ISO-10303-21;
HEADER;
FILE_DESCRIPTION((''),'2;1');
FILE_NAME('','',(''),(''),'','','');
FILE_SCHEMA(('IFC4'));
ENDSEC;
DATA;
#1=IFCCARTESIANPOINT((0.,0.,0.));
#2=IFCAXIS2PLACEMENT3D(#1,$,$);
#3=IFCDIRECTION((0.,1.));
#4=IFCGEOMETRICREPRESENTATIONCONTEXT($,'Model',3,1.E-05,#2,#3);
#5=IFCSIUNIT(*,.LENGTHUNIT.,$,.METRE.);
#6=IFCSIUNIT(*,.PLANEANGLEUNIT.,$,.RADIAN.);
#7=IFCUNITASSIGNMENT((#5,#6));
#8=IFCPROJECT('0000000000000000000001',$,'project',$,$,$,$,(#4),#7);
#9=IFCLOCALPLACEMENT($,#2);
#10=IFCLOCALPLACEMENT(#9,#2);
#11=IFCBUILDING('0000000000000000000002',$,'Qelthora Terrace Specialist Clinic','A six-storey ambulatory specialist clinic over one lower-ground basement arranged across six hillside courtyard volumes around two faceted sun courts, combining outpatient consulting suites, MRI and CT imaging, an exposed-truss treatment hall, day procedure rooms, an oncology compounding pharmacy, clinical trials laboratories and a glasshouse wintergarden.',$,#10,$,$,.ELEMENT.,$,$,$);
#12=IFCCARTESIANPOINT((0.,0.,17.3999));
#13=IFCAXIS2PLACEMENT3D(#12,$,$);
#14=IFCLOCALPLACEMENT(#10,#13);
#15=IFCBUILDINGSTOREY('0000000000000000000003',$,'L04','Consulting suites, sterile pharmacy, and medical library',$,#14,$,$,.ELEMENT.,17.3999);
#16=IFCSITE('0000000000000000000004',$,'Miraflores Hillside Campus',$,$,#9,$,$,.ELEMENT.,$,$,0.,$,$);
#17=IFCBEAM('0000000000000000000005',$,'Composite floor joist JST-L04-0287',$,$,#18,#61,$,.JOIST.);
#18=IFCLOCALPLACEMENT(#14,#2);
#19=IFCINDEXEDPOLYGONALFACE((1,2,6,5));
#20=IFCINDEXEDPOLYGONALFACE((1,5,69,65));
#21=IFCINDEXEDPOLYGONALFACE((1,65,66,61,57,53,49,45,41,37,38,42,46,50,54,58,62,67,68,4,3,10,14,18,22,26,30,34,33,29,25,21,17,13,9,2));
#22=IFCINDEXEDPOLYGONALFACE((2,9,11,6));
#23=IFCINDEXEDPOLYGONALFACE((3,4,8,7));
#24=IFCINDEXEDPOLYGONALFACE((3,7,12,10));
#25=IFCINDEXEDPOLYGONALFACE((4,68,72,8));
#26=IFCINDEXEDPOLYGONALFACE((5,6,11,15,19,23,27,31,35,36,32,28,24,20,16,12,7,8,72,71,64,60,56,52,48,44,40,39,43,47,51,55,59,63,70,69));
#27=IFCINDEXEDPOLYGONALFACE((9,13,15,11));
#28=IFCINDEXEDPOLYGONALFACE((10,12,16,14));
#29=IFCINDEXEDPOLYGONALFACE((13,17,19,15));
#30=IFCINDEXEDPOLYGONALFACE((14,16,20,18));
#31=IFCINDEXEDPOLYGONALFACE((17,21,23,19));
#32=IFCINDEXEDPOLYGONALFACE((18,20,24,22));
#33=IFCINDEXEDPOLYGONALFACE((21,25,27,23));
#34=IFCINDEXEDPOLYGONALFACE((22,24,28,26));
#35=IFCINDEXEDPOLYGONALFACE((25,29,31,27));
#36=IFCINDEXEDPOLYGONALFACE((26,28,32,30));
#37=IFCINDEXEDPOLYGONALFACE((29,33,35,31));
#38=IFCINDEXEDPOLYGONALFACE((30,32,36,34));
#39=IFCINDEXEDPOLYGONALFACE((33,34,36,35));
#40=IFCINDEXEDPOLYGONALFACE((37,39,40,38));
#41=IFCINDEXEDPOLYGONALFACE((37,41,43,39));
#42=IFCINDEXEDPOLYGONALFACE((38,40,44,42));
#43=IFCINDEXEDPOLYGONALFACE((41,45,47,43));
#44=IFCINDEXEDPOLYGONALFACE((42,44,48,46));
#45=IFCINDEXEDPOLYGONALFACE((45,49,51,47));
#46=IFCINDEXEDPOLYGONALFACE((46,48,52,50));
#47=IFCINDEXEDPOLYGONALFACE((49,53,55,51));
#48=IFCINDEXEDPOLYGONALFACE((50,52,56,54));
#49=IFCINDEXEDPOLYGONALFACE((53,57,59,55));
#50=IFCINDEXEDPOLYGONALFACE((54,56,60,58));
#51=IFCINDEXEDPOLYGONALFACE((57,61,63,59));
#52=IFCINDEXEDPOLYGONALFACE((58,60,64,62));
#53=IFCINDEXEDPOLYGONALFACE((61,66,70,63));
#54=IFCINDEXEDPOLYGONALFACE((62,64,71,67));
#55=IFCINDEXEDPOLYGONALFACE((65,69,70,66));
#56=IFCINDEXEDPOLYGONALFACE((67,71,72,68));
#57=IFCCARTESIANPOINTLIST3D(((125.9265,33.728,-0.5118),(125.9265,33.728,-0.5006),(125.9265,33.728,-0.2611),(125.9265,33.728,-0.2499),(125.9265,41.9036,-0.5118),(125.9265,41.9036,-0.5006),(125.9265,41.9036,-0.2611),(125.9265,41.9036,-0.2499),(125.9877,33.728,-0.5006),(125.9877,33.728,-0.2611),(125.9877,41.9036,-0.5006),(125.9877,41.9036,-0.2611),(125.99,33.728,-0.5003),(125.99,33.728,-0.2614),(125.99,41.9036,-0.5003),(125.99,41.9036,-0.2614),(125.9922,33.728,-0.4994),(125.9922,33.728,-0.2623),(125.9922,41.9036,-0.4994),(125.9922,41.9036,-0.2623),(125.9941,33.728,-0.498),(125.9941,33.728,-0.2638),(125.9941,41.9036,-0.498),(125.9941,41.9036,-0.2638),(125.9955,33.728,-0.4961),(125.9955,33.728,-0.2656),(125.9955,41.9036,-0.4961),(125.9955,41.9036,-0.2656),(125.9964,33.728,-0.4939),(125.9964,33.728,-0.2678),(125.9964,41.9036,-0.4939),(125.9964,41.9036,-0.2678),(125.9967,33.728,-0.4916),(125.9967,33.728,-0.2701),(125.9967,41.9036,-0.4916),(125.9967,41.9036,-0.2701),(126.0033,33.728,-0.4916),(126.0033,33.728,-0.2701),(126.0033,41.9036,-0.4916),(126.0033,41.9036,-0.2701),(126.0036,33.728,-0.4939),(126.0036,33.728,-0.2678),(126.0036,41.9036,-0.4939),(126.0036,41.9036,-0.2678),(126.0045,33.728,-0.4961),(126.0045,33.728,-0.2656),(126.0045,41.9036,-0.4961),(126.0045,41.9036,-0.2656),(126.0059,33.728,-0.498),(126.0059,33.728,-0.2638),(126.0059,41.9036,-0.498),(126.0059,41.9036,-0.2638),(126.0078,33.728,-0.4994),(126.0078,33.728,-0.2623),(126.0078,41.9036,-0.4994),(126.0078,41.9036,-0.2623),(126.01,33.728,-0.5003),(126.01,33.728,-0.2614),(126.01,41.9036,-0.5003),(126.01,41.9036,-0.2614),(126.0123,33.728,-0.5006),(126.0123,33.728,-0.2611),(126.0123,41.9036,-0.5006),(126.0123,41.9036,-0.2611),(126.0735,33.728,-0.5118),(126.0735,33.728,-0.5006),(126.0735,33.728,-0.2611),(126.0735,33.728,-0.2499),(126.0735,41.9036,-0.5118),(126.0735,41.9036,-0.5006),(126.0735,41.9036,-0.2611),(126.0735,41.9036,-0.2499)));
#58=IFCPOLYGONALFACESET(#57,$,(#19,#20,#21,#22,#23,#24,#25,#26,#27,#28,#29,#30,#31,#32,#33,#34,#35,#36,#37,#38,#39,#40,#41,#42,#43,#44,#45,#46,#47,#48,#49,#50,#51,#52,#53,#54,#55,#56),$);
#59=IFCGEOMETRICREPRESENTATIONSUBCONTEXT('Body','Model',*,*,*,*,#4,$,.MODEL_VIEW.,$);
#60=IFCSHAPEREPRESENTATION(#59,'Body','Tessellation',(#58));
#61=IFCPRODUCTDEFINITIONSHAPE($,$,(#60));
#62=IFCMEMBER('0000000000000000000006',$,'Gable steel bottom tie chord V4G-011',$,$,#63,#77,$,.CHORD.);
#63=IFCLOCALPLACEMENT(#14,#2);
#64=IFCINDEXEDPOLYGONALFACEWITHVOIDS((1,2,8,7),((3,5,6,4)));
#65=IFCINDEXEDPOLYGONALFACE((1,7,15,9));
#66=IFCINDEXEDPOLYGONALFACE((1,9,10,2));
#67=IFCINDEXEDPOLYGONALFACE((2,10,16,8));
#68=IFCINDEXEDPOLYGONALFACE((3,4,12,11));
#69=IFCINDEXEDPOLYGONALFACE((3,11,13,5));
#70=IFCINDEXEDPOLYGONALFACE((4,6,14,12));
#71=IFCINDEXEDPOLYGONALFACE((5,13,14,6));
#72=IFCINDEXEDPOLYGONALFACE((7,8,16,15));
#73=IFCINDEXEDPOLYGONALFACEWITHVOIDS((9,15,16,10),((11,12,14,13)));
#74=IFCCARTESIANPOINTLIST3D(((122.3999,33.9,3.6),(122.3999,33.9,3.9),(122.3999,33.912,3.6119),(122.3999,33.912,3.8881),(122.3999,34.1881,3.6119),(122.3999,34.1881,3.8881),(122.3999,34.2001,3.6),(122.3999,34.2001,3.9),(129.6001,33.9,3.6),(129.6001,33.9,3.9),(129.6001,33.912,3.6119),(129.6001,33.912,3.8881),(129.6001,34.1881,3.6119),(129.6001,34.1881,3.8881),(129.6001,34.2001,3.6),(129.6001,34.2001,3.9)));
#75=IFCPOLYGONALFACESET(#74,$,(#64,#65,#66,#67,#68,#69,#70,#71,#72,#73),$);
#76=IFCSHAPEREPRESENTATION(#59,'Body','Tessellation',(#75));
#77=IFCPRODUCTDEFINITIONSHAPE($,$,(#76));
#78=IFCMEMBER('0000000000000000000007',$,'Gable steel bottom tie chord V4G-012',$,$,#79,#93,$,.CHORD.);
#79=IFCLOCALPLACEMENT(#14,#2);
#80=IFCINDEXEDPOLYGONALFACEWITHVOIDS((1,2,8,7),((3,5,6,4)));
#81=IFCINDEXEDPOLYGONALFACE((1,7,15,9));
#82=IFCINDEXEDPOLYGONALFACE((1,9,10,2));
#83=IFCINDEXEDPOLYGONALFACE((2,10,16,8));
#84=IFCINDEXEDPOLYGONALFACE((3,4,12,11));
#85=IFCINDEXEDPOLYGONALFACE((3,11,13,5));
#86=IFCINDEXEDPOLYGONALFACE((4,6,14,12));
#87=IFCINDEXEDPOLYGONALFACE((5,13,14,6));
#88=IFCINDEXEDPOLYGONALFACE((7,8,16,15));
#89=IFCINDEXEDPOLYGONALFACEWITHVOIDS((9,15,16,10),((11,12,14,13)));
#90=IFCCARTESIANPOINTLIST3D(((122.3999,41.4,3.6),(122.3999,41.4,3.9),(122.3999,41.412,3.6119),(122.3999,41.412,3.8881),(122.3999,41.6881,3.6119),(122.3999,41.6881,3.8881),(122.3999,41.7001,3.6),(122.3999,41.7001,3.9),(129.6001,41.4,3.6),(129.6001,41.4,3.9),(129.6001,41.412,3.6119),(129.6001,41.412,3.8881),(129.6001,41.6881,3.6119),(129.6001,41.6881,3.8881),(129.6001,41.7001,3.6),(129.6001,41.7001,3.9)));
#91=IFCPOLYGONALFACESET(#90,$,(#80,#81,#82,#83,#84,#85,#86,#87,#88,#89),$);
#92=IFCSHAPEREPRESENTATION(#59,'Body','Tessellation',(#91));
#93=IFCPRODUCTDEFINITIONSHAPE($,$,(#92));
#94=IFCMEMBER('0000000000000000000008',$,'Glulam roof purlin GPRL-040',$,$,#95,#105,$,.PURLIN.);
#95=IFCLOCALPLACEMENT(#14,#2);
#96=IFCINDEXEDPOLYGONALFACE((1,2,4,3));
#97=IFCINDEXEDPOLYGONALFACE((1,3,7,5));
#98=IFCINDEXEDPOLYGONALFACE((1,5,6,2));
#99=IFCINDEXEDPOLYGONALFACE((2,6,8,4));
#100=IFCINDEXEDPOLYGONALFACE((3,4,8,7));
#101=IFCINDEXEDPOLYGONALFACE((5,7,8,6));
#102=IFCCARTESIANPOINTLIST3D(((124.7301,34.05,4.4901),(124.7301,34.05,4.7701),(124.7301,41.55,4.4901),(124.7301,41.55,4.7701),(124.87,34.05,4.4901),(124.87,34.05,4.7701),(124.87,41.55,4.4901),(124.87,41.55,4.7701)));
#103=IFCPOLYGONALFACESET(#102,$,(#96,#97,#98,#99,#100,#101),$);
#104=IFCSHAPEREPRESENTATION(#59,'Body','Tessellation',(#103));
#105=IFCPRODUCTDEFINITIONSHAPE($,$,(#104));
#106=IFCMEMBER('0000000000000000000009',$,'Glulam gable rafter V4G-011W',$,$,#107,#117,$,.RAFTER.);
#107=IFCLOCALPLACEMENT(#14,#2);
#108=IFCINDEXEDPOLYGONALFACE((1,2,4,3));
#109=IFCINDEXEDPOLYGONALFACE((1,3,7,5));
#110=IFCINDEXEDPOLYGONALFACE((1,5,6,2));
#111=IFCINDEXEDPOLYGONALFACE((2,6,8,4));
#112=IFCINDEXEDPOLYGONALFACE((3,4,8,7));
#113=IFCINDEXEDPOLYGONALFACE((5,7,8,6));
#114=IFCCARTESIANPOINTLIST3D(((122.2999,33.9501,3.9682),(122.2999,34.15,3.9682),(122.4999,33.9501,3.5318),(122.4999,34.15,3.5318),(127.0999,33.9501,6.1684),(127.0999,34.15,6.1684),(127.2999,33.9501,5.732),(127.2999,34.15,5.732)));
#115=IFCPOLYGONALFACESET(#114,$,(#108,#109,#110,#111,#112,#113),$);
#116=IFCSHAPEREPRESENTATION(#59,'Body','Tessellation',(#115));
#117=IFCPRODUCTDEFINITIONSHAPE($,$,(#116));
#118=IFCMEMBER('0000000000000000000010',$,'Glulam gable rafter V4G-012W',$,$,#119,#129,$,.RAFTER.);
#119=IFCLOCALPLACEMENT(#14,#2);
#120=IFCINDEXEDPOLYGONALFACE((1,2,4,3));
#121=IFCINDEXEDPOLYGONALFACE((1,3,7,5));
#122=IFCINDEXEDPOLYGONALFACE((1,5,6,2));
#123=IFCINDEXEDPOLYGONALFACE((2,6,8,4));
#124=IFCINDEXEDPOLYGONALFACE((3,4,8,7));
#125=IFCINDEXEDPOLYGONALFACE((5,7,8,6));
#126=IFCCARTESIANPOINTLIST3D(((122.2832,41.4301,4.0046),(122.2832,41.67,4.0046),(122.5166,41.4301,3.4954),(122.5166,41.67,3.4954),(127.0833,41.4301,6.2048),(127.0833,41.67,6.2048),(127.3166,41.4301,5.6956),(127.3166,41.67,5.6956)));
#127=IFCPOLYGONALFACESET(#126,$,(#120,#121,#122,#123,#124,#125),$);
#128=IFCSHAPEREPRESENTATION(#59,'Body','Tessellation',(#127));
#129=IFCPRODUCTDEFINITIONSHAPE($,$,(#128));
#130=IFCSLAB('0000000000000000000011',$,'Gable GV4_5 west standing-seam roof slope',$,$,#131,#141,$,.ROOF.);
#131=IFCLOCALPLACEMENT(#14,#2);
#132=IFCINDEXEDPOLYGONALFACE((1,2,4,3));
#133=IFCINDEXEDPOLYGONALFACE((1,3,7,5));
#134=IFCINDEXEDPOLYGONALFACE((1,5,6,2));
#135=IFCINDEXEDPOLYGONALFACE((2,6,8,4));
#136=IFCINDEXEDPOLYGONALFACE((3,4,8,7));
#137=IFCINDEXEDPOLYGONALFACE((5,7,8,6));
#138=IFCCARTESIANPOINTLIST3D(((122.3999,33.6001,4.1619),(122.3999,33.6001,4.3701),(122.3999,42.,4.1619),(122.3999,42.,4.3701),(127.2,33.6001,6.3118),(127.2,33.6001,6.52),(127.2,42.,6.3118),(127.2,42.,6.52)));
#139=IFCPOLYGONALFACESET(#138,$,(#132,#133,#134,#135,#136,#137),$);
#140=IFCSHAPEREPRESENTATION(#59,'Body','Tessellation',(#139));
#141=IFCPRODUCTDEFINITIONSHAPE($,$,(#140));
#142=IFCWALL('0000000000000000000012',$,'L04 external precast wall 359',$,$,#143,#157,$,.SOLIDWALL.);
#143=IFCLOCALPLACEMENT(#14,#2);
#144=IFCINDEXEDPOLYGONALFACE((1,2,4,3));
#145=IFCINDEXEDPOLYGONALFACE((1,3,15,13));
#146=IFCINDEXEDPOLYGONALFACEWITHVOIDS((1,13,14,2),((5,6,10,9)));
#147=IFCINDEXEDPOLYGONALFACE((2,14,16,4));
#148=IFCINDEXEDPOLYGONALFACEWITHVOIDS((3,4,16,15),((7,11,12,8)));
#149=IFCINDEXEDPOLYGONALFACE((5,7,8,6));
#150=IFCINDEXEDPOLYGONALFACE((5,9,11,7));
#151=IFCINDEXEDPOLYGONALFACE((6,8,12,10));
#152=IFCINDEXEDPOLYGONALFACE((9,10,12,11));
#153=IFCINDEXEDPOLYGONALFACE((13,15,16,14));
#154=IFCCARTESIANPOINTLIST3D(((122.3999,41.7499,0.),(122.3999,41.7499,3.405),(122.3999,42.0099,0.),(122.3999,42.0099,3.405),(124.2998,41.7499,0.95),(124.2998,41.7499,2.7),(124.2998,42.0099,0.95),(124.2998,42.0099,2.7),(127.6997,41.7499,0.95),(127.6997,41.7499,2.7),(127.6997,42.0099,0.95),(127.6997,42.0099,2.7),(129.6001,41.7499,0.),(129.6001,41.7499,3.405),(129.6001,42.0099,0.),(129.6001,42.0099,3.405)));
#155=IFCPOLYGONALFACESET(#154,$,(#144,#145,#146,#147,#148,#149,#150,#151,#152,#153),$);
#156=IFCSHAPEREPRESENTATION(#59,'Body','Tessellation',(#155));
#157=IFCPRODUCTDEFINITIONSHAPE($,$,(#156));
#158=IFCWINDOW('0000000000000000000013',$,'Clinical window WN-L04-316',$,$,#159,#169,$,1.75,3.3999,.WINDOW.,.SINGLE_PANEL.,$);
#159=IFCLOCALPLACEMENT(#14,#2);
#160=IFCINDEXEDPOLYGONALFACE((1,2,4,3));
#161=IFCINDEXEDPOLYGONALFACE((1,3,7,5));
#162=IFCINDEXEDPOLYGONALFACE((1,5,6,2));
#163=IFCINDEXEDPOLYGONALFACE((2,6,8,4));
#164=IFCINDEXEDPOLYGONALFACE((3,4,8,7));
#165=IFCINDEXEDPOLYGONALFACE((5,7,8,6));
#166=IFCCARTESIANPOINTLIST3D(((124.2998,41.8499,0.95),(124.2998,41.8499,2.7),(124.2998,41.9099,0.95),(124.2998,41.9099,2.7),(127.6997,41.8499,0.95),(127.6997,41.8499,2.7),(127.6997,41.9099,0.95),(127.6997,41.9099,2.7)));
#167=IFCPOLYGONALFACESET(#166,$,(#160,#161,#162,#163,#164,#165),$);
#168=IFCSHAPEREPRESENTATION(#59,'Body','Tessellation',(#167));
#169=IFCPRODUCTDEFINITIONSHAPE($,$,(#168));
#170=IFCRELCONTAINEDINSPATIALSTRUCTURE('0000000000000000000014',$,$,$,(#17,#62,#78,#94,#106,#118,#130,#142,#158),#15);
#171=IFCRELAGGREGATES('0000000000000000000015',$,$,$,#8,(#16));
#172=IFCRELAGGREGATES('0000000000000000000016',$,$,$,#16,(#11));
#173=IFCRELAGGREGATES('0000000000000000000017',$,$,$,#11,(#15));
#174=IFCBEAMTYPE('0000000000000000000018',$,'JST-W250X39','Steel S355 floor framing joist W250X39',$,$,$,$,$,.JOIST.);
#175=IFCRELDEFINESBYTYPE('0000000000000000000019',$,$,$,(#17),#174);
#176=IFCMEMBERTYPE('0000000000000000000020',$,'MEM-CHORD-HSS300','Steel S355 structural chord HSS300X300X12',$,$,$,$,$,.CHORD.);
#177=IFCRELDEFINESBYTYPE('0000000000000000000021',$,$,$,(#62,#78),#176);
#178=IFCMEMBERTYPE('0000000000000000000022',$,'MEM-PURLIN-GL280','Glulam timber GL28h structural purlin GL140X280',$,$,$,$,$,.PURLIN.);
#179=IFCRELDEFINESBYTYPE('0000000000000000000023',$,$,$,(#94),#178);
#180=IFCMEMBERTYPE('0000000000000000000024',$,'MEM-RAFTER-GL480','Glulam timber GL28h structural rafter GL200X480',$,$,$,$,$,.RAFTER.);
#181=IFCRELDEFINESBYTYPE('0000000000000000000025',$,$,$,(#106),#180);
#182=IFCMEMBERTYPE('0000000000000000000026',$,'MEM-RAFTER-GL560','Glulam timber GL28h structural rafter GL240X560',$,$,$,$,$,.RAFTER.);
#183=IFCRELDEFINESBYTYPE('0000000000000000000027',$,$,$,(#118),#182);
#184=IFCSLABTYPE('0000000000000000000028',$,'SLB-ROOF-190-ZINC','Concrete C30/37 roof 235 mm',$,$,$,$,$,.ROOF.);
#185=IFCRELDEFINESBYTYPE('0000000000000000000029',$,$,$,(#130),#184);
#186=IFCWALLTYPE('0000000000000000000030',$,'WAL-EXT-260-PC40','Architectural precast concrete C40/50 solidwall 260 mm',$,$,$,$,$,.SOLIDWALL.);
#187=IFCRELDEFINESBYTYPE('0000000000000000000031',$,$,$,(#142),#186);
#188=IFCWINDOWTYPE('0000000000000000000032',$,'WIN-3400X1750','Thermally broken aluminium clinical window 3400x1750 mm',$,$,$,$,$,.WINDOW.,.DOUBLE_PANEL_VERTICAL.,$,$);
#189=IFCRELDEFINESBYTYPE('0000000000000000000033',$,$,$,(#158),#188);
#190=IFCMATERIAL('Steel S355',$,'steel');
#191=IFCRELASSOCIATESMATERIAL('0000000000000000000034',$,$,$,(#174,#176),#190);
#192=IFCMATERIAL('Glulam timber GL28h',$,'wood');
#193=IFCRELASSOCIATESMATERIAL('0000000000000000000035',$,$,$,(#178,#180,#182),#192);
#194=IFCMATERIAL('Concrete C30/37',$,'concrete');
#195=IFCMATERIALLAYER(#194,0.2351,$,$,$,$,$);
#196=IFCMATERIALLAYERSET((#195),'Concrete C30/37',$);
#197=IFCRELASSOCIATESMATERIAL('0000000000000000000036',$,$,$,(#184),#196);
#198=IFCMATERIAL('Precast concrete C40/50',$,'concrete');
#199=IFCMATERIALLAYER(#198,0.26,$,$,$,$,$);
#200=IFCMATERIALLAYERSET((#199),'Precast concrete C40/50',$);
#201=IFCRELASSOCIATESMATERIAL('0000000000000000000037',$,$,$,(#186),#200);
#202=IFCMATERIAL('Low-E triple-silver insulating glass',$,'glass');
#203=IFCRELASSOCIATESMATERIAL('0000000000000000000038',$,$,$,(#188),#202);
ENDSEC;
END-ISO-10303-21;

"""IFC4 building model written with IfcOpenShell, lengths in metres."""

from ifc_helpers import new_model, si_unit, direction, frame, frame_2d, origin, origin_2d, place, context, subcontext, project, spatial, polyline, rectangle, hollow_rectangle, i_section, outline, extrude, material, layer, layer_set, material_profile, profile_set, type_object, element, fill, save


model = new_model("IFC4")

# Units and contexts
model_context = context("Model", 3, precision=1e-05, world=origin(), true_north=direction((0.0, 1.0)))
body_context = subcontext(model_context, "Body", "Model", "MODEL_VIEW")
ifc_project = project(units=[si_unit("LENGTHUNIT", "METRE"), si_unit("PLANEANGLEUNIT", "RADIAN")], contexts=[model_context])

# Site, building, storey
site_placement = place(None, origin())
site = spatial("IfcSite", under=ifc_project, at=site_placement, Name="Miraflores Hillside Campus", CompositionType="ELEMENT", RefElevation=0.0)
building_placement = place(site_placement, origin())
building = spatial("IfcBuilding", under=site, at=building_placement, Name="Qelthora Terrace Specialist Clinic", Description="A six-storey ambulatory specialist clinic over one lower-ground basement arranged across six hillside courtyard volumes around two faceted sun courts, combining outpatient consulting suites, MRI and CT imaging, an exposed-truss treatment hall, day procedure rooms, an oncology compounding pharmacy, clinical trials laboratories and a glasshouse wintergarden.", CompositionType="ELEMENT")
storey_placement = place(building_placement, frame((0.0, 0.0, 17.3999)))
storey = spatial("IfcBuildingStorey", under=building, at=storey_placement, Name="L04", Description="Consulting suites, sterile pharmacy, and medical library", CompositionType="ELEMENT", Elevation=17.3999)

# Shared definitions
ifc_material_1 = material(Name="Steel S355", Category="steel")

# Beam
ifc_material_profile_1 = material_profile(ifc_material_1, i_section(OverallWidth=0.147, OverallDepth=0.262, WebThickness=0.0066, FlangeThickness=0.0112, FilletRadius=0.009, at=origin_2d()), Name="W250X39")
ifc_profile_set_1 = profile_set([ifc_material_profile_1], Name="Steel S355")
beam_type_1 = type_object("IfcBeamType", Name="JST-W250X39", Description="Steel S355 floor framing joist W250X39", PredefinedType="JOIST", material=ifc_profile_set_1)
beam_1_placement = place(storey_placement, frame((126.0, 33.728, -0.3809), z_axis=(0.0, 1.0, 0.0), x_axis=(-1.0, 0.0, 0.0)))
element("IfcBeam", 1, at=beam_1_placement, inside=storey, type_object=beam_type_1, Name="Composite floor joist JST-L04-0287", PredefinedType="JOIST", context=body_context, shape_type="SweptSolid", body=[
    extrude(i_section(OverallWidth=0.147, OverallDepth=0.262, WebThickness=0.0066, FlangeThickness=0.0112, FilletRadius=0.009, at=origin_2d()), origin(), (0.0, 0.0, 1.0), 8.1755),
])

# Members
ifc_material_profile_2 = material_profile(ifc_material_1, hollow_rectangle(XDim=0.3, YDim=0.3, WallThickness=0.012, at=origin_2d()), Name="HSS300X300X12")
ifc_profile_set_2 = profile_set([ifc_material_profile_2], Name="Steel S355")
member_type_1 = type_object("IfcMemberType", Name="MEM-CHORD-HSS300", Description="Steel S355 structural chord HSS300X300X12", PredefinedType="CHORD", material=ifc_profile_set_2)
for number, where, z_axis, x_axis, name in (
    (2, (122.3999, 34.05, 3.75), (1.0, 0.0, 0.0), (0.0, 1.0, 0.0), "Gable steel bottom tie chord V4G-011"),
    (3, (122.3999, 41.55, 3.75), (1.0, 0.0, 0.0), (0.0, 1.0, 0.0), "Gable steel bottom tie chord V4G-012"),
):
    element("IfcMember", number, at=place(storey_placement, frame(where, z_axis=z_axis, x_axis=x_axis)), inside=storey, type_object=member_type_1, Name=name, PredefinedType="CHORD", context=body_context, shape_type="SweptSolid", body=[
        extrude(hollow_rectangle(XDim=0.3, YDim=0.3, WallThickness=0.012, at=origin_2d()), origin(), (0.0, 0.0, 1.0), 7.2002),
    ])
ifc_material_2 = material(Name="Glulam timber GL28h", Category="wood")
ifc_material_profile_3 = material_profile(ifc_material_2, rectangle(XDim=0.1399, YDim=0.28, at=origin_2d()), Name="GL140X280")
ifc_profile_set_3 = profile_set([ifc_material_profile_3], Name="Glulam timber GL28h")
member_type_2 = type_object("IfcMemberType", Name="MEM-PURLIN-GL280", Description="Glulam timber GL28h structural purlin GL140X280", PredefinedType="PURLIN", material=ifc_profile_set_3)
member_1_placement = place(storey_placement, frame((124.8, 34.05, 4.6301), z_axis=(0.0, 1.0, 0.0), x_axis=(-1.0, 0.0, 0.0)))
element("IfcMember", 4, at=member_1_placement, inside=storey, type_object=member_type_2, Name="Glulam roof purlin GPRL-040", PredefinedType="PURLIN", context=body_context, shape_type="SweptSolid", body=[
    extrude(rectangle(XDim=0.1399, YDim=0.28, at=origin_2d()), origin(), (0.0, 0.0, 1.0), 7.5),
])
ifc_material_profile_4 = material_profile(ifc_material_2, rectangle(XDim=0.2, YDim=0.48, at=origin_2d()), Name="GL200X480")
ifc_profile_set_4 = profile_set([ifc_material_profile_4], Name="Glulam timber GL28h")
member_type_3 = type_object("IfcMemberType", Name="MEM-RAFTER-GL480", Description="Glulam timber GL28h structural rafter GL200X480", PredefinedType="RAFTER", material=ifc_profile_set_4)
member_2_placement = place(storey_placement, frame((122.3999, 34.05, 3.75), z_axis=(0.909052, 0.0, 0.416682), x_axis=(0.0, 1.0, 0.0)))
element("IfcMember", 5, at=member_2_placement, inside=storey, type_object=member_type_3, Name="Glulam gable rafter V4G-011W", PredefinedType="RAFTER", context=body_context, shape_type="SweptSolid", body=[
    extrude(rectangle(XDim=0.2, YDim=0.48, at=origin_2d()), origin(), (0.0, 0.0, 1.0), 5.2803),
])
ifc_material_profile_5 = material_profile(ifc_material_2, rectangle(XDim=0.24, YDim=0.5601, at=origin_2d()), Name="GL240X560")
ifc_profile_set_5 = profile_set([ifc_material_profile_5], Name="Glulam timber GL28h")
member_type_4 = type_object("IfcMemberType", Name="MEM-RAFTER-GL560", Description="Glulam timber GL28h structural rafter GL240X560", PredefinedType="RAFTER", material=ifc_profile_set_5)
member_3_placement = place(storey_placement, frame((122.3999, 41.55, 3.75), z_axis=(0.909052, 0.0, 0.416682), x_axis=(0.0, 1.0, 0.0)))
element("IfcMember", 6, at=member_3_placement, inside=storey, type_object=member_type_4, Name="Glulam gable rafter V4G-012W", PredefinedType="RAFTER", context=body_context, shape_type="SweptSolid", body=[
    extrude(rectangle(XDim=0.24, YDim=0.5601, at=origin_2d()), origin(), (0.0, 0.0, 1.0), 5.2803),
])

# Slab
ifc_material_3 = material(Name="Concrete C30/37", Category="concrete")
ifc_layer_1 = layer(ifc_material_3, 0.2351)
ifc_layer_set_1 = layer_set([ifc_layer_1], Name="Concrete C30/37")
slab_type = type_object("IfcSlabType", Name="SLB-ROOF-190-ZINC", Description="Concrete C30/37 roof 235 mm", PredefinedType="ROOF", material=ifc_layer_set_1)
slab_placement = place(storey_placement, frame((122.3999, 33.6001, 4.1619), z_axis=(-0.408764, 0.0, 0.91264), x_axis=(0.91264, 0.0, 0.408764)))
element("IfcSlab", 7, at=slab_placement, inside=storey, type_object=slab_type, Name="Gable GV4_5 west standing-seam roof slope", PredefinedType="ROOF", context=body_context, shape_type="SweptSolid", body=[
    extrude(outline(polyline([(0.0, 0.0), (5.2595, 0.0), (5.2595, 8.3999), (0.0, 8.3999), (0.0, 0.0)])), origin(), (0.408764, 0.0, 0.91264), 0.2083),
])

# Wall, opening, window
ifc_material_4 = material(Name="Precast concrete C40/50", Category="concrete")
ifc_layer_2 = layer(ifc_material_4, 0.26)
ifc_layer_set_2 = layer_set([ifc_layer_2], Name="Precast concrete C40/50")
wall_type_1 = type_object("IfcWallType", Name="WAL-EXT-260-PC40", Description="Architectural precast concrete C40/50 solidwall 260 mm", PredefinedType="SOLIDWALL", material=ifc_layer_set_2)
wall_1_placement = place(storey_placement, frame((122.3999, 41.8799, 0.0), z_axis=(0.0, 0.0, 1.0), x_axis=(1.0, 0.0, 0.0)))
wall_1 = element("IfcWall", 8, at=wall_1_placement, inside=storey, type_object=wall_type_1, Name="L04 external precast wall 359", PredefinedType="SOLIDWALL", context=body_context, shape_type="SweptSolid", body=[
    extrude(rectangle(XDim=7.2002, YDim=0.26, at=frame_2d((3.6001, 0.0))), origin(), (0.0, 0.0, 1.0), 3.405),
])
opening_1_placement = place(wall_1_placement, frame((1.8999, 0.0, 0.95)))
opening_1 = element("IfcOpeningElement", 9, at=opening_1_placement, cuts=wall_1, PredefinedType="OPENING", context=body_context, shape_type="SweptSolid", body=[
    extrude(rectangle(XDim=3.3999, YDim=1.75, at=frame_2d((1.7, 0.875))), frame((0.0, 0.1399, 0.0), z_axis=(0.0, -1.0, 0.0), x_axis=(1.0, 0.0, 0.0)), (0.0, 0.0, 1.0), 0.28),
])
ifc_material_5 = material(Name="Low-E triple-silver insulating glass", Category="glass")
window_type_1 = type_object("IfcWindowType", Name="WIN-3400X1750", Description="Thermally broken aluminium clinical window 3400x1750 mm", PartitioningType="DOUBLE_PANEL_VERTICAL", PredefinedType="WINDOW", material=ifc_material_5)
window_1_placement = place(opening_1_placement, origin())
window_1 = element("IfcWindow", 10, at=window_1_placement, inside=storey, type_object=window_type_1, Name="Clinical window WN-L04-316", OverallHeight=1.75, OverallWidth=3.3999, PartitioningType="SINGLE_PANEL", PredefinedType="WINDOW", context=body_context, shape_type="SweptSolid", body=[
    extrude(rectangle(XDim=3.3999, YDim=1.75, at=frame_2d((1.7, 0.875))), frame((0.0, 0.03, 0.0), z_axis=(0.0, -1.0, 0.0), x_axis=(1.0, 0.0, 0.0)), (0.0, 0.0, 1.0), 0.0601),
])
fill(opening_1, window_1)

save(model, "model.ifc")
